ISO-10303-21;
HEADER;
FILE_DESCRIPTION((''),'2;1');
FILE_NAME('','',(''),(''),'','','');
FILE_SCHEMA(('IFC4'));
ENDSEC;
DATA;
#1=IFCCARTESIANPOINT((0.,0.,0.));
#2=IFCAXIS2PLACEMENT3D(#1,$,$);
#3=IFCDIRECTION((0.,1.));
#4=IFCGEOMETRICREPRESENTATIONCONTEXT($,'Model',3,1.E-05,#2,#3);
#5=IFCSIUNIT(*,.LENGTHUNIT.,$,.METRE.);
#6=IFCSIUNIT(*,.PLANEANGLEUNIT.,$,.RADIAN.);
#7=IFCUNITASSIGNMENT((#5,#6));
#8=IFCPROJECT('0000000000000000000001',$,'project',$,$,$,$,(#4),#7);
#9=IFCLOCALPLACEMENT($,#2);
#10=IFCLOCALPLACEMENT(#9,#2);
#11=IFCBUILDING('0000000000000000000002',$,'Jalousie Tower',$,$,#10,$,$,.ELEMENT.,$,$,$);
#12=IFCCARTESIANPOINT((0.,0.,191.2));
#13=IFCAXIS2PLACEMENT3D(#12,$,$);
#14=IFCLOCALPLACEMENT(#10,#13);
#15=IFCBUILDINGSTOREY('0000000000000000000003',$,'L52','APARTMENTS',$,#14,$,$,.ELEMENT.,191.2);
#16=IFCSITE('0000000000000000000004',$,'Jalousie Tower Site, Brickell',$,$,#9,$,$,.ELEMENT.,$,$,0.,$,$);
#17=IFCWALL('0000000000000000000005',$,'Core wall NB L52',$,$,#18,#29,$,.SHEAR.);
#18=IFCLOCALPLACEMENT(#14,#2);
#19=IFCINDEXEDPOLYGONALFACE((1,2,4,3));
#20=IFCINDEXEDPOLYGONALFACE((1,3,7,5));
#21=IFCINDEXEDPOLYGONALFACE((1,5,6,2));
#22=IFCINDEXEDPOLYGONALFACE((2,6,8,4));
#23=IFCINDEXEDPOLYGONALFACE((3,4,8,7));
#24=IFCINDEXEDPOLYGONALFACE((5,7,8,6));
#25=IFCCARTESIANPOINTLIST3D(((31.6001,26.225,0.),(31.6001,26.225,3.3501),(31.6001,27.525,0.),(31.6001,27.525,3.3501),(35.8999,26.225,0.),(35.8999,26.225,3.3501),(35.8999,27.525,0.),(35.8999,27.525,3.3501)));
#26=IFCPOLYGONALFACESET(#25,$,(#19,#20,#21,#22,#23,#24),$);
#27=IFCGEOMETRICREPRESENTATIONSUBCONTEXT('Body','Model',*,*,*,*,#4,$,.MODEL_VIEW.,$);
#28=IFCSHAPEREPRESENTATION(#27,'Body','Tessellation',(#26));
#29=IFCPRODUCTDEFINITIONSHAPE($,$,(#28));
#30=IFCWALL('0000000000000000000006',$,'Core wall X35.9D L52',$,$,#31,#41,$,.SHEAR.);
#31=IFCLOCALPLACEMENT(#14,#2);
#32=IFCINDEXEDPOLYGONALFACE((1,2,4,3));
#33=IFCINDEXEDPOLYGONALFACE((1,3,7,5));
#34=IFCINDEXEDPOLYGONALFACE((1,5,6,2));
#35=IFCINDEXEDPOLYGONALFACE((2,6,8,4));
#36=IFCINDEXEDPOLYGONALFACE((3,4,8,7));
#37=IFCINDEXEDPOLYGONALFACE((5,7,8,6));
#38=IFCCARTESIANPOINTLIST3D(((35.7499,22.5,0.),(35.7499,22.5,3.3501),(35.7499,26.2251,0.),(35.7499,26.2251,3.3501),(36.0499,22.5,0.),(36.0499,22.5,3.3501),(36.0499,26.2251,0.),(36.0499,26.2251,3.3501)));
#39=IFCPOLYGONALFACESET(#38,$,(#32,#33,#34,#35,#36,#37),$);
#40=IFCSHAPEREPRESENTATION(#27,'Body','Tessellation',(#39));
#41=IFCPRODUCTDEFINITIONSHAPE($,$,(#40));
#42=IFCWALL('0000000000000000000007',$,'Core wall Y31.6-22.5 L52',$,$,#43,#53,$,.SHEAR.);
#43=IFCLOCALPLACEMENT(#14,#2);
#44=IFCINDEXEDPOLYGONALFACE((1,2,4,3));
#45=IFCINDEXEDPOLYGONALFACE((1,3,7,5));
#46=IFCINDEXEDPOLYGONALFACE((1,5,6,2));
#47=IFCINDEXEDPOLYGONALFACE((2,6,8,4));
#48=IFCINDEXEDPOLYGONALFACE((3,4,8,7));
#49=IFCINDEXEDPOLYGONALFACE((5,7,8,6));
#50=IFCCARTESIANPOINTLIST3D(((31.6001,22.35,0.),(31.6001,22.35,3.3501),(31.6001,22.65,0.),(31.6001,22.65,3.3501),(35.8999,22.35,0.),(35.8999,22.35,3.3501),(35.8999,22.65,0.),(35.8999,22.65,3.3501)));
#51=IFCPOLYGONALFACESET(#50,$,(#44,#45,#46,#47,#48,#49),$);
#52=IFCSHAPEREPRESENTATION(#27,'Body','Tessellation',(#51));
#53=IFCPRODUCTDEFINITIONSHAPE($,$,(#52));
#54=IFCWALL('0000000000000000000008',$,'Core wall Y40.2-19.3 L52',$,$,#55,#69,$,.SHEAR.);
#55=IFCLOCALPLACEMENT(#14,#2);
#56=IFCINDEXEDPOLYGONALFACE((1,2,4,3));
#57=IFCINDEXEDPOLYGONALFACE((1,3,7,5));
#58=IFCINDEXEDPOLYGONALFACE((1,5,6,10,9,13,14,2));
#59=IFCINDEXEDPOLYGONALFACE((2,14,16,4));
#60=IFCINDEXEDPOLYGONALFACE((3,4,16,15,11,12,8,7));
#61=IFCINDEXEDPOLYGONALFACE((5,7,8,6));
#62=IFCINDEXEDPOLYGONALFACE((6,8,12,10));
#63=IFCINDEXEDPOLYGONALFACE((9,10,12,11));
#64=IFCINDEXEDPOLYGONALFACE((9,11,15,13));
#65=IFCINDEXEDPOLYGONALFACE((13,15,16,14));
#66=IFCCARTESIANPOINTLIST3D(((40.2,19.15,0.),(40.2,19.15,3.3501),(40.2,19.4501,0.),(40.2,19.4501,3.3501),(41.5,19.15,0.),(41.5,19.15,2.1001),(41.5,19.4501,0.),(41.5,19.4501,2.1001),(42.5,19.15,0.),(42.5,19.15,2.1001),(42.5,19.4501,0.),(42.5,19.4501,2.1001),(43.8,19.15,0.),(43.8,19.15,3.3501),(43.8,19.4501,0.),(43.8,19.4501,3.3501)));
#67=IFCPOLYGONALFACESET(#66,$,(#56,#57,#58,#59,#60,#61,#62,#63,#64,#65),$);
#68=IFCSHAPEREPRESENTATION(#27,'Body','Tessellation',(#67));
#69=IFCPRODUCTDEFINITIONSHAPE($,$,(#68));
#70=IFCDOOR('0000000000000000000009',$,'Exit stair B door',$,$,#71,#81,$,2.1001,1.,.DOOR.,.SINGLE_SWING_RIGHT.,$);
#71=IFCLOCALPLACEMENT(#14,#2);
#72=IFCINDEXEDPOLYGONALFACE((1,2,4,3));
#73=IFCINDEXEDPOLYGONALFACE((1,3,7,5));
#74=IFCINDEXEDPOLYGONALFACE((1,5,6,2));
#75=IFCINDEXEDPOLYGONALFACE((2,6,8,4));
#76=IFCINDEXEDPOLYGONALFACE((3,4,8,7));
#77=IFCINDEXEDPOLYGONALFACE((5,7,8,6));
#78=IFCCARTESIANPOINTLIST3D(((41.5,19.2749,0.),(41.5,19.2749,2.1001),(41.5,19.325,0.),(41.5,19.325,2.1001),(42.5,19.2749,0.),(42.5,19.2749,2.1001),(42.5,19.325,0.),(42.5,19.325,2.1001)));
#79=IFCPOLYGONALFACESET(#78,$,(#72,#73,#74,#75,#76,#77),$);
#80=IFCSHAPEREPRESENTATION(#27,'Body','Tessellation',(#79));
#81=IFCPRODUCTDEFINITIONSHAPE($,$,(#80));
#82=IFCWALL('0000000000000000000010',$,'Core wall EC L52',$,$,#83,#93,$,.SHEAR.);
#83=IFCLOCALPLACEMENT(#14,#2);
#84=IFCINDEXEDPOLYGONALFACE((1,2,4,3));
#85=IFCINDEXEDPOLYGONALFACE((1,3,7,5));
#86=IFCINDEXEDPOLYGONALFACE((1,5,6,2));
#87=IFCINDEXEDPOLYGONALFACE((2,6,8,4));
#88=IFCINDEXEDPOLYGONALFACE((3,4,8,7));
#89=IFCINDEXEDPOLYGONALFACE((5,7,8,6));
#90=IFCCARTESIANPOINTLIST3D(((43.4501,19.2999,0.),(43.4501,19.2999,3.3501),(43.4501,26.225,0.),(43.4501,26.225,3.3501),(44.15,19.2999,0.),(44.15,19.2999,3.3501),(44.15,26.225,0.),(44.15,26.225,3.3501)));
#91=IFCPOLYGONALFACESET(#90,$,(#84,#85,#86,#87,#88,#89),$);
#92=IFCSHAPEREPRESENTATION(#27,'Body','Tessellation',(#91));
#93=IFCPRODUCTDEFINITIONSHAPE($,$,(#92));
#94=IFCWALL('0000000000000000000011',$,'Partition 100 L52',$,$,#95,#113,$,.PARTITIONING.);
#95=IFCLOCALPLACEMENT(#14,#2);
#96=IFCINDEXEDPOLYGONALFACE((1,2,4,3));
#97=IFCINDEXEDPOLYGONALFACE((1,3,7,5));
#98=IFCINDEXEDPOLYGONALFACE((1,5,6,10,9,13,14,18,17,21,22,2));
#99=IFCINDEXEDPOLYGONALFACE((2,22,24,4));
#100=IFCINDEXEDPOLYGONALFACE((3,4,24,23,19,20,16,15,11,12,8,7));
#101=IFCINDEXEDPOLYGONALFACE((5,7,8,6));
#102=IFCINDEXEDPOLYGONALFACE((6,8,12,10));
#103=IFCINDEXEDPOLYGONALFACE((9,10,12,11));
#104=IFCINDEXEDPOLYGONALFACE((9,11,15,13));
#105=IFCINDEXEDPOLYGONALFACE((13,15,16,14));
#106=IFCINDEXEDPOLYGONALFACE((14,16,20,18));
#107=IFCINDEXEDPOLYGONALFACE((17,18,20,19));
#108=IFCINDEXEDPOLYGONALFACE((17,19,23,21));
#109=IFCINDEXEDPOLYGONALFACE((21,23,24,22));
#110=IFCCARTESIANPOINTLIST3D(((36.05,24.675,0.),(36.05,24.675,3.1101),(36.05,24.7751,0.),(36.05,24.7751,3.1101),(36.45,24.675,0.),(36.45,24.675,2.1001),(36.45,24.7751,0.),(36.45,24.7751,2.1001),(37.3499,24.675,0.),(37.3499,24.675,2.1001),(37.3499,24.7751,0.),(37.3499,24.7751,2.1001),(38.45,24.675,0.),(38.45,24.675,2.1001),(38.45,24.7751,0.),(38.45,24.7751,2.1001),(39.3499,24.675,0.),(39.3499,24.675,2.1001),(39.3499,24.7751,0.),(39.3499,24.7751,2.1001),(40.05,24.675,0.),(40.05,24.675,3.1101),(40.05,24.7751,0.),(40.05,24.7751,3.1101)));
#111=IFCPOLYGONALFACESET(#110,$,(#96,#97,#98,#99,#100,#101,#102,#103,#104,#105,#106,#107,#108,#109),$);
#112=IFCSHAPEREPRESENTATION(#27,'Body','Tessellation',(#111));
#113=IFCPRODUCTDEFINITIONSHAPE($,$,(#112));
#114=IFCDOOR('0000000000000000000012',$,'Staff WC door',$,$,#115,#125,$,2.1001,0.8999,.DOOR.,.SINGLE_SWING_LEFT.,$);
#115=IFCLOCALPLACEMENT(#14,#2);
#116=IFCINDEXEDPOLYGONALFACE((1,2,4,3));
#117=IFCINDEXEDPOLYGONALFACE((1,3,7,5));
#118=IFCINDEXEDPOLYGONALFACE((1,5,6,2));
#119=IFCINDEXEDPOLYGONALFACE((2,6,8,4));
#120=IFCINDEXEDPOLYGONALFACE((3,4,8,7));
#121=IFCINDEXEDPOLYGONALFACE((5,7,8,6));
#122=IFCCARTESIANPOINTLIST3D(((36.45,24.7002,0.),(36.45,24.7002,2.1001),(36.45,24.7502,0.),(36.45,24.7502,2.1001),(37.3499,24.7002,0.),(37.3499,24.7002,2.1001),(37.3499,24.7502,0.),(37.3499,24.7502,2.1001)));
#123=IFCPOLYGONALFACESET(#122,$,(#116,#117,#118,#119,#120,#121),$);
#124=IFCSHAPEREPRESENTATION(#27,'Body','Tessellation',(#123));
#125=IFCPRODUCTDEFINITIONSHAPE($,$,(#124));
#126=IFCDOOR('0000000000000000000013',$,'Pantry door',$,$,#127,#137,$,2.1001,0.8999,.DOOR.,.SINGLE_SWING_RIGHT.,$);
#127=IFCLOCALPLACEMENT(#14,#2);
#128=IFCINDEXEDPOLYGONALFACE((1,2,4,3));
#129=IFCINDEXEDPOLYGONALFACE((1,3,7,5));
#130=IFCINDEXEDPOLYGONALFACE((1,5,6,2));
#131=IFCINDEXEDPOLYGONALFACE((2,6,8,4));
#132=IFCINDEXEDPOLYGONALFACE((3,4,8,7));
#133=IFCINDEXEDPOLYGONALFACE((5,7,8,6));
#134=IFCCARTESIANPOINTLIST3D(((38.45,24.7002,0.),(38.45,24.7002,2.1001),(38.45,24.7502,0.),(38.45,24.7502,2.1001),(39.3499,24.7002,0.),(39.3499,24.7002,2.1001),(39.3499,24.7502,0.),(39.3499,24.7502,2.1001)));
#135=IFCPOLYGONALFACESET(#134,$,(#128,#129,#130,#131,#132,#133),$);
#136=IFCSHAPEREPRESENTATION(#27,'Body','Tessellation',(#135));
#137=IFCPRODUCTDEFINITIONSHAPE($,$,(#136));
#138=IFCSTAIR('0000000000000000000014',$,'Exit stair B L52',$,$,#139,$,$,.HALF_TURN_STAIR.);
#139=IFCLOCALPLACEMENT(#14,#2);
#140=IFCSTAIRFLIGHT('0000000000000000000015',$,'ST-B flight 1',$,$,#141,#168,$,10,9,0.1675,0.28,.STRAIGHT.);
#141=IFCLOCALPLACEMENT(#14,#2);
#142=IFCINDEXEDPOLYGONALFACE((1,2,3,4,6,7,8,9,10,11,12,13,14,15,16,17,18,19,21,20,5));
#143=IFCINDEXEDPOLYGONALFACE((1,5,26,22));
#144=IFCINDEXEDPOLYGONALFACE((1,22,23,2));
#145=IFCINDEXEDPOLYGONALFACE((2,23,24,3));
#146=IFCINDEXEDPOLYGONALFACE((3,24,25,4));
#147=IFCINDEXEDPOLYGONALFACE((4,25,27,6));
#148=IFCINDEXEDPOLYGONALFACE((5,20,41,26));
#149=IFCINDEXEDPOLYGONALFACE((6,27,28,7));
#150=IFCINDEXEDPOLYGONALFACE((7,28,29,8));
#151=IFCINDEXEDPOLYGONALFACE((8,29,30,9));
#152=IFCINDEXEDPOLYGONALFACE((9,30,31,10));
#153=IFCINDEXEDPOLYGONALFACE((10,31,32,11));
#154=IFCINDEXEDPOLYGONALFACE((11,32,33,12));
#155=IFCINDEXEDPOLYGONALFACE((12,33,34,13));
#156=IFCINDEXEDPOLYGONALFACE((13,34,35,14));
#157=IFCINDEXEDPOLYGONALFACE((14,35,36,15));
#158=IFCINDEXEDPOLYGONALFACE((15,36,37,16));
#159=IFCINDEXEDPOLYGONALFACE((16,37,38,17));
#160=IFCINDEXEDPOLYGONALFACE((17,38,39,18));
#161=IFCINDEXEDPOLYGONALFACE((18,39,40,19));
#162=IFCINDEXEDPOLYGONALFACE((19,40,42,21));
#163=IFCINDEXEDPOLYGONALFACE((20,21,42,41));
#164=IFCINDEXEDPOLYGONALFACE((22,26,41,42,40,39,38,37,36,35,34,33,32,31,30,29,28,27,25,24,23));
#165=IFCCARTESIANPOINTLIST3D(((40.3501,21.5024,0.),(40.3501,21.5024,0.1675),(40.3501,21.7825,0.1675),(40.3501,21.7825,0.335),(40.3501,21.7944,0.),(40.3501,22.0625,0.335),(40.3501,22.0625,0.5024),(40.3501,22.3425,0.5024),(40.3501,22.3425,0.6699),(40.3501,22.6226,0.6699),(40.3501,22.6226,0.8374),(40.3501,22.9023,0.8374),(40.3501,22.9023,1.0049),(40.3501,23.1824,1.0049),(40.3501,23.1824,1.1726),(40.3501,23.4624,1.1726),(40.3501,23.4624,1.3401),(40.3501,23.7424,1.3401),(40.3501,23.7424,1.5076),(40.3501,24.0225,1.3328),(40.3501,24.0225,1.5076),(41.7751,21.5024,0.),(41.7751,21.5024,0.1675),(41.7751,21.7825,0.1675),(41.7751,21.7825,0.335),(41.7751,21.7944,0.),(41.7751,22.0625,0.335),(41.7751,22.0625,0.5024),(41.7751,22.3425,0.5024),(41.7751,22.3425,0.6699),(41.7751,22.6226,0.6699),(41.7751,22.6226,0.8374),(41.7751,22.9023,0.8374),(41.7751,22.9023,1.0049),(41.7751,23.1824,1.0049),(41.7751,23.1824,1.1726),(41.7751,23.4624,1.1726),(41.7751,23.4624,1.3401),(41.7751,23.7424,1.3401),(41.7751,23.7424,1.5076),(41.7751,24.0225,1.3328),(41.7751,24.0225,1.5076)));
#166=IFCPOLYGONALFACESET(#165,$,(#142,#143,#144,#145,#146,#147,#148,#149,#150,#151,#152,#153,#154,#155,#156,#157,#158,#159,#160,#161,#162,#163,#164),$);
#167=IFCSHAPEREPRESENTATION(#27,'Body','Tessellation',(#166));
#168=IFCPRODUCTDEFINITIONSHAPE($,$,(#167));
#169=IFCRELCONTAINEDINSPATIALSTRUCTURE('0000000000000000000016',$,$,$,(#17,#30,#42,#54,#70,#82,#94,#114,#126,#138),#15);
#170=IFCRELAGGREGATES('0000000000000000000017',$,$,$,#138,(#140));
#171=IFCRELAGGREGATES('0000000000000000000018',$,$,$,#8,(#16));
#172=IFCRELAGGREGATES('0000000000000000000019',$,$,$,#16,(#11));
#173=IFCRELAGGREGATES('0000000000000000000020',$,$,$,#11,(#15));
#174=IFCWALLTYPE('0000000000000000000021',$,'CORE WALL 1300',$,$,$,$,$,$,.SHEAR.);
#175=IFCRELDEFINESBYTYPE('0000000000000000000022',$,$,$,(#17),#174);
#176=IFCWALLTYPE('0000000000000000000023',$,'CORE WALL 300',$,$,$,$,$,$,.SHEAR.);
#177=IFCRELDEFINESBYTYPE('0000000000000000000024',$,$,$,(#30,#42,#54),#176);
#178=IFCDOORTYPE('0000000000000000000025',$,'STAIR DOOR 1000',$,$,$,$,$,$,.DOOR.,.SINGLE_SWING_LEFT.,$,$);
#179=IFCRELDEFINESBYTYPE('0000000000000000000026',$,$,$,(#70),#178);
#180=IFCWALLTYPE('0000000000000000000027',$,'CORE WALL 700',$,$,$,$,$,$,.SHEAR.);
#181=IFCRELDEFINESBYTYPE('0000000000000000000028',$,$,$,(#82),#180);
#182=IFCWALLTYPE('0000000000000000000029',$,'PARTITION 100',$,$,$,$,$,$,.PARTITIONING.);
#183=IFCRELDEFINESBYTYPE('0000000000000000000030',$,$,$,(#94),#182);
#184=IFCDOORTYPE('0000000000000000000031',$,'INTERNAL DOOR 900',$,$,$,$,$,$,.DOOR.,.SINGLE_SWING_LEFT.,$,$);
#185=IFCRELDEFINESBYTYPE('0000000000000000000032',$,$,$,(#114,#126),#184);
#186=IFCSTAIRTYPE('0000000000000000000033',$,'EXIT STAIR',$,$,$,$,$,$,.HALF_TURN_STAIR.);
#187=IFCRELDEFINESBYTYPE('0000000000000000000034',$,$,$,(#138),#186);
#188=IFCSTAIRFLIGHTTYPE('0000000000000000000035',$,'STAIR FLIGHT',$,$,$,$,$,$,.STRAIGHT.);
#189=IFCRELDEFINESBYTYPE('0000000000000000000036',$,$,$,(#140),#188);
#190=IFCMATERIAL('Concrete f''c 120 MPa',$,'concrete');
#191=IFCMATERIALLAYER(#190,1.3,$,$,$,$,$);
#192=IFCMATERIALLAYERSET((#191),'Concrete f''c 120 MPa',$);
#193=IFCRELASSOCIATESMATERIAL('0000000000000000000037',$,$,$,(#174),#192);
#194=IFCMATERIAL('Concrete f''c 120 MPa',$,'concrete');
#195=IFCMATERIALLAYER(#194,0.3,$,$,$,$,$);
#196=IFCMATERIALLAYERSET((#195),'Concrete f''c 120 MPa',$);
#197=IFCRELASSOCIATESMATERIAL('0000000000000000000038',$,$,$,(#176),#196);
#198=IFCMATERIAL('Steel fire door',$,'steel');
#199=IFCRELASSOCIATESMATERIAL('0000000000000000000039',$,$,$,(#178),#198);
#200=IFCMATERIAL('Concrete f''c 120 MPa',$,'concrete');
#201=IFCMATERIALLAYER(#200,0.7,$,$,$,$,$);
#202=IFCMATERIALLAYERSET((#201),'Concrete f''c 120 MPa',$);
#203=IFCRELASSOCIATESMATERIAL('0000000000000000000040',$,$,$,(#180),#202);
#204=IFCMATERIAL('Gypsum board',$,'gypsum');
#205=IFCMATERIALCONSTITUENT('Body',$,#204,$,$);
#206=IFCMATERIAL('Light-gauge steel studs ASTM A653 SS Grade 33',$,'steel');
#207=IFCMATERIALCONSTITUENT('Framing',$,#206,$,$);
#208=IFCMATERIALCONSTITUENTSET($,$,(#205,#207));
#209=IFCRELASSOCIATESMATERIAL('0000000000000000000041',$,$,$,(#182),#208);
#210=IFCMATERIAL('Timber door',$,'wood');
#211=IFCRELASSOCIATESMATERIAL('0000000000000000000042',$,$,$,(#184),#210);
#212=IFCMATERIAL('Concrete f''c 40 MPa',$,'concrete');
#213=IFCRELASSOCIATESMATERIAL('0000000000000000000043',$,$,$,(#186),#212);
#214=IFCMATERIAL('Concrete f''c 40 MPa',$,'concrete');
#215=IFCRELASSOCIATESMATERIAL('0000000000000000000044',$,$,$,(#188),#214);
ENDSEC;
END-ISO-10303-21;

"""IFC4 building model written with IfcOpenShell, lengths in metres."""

from ifc_helpers import new_model, si_unit, direction, frame, frame_2d, origin, place, context, subcontext, project, spatial, polyline, rectangle, outline, extrude, material, layer, layer_set, constituent, constituent_set, type_object, element, fill, aggregate, save


model = new_model("IFC4")

# Units and contexts
model_context = context("Model", 3, precision=1e-05, world=origin(), true_north=direction((0.0, 1.0)))
body_context = subcontext(model_context, "Body", "Model", "MODEL_VIEW")
ifc_project = project(units=[si_unit("LENGTHUNIT", "METRE"), si_unit("PLANEANGLEUNIT", "RADIAN")], contexts=[model_context])

# Site, building, storey
site_placement = place(None, origin())
site = spatial("IfcSite", under=ifc_project, at=site_placement, Name="Jalousie Tower Site, Brickell", CompositionType="ELEMENT", RefElevation=0.0)
building_placement = place(site_placement, origin())
building = spatial("IfcBuilding", under=site, at=building_placement, Name="Jalousie Tower", CompositionType="ELEMENT")
storey_placement = place(building_placement, frame((0.0, 0.0, 191.2)))
storey = spatial("IfcBuildingStorey", under=building, at=storey_placement, Name="L52", Description="APARTMENTS", CompositionType="ELEMENT", Elevation=191.2)

# Walls
ifc_material_1 = material(Name="Concrete f'c 120 MPa", Category="concrete")
ifc_layer_1 = layer(ifc_material_1, 1.3)
ifc_layer_set_1 = layer_set([ifc_layer_1], Name="Concrete f'c 120 MPa")
wall_type_1 = type_object("IfcWallType", Name="CORE WALL 1300", PredefinedType="SHEAR", material=ifc_layer_set_1)
wall_1_placement = place(storey_placement, frame((35.8999, 26.875, 0.0), z_axis=(0.0, 0.0, 1.0), x_axis=(-1.0, 0.0, 0.0)))
element("IfcWall", 1, at=wall_1_placement, inside=storey, type_object=wall_type_1, Name="Core wall NB L52", PredefinedType="SHEAR", context=body_context, shape_type="SweptSolid", body=[
    extrude(rectangle(XDim=4.2998, YDim=1.3, at=frame_2d((2.1499, 0.0))), origin(), (0.0, 0.0, 1.0), 3.3501),
])
ifc_material_2 = material(Name="Concrete f'c 120 MPa", Category="concrete")
ifc_layer_2 = layer(ifc_material_2, 0.3)
ifc_layer_set_2 = layer_set([ifc_layer_2], Name="Concrete f'c 120 MPa")
wall_type_2 = type_object("IfcWallType", Name="CORE WALL 300", PredefinedType="SHEAR", material=ifc_layer_set_2)
wall_2_placement = place(storey_placement, frame((35.8999, 22.5, 0.0), z_axis=(0.0, 0.0, 1.0), x_axis=(0.0, 1.0, 0.0)))
element("IfcWall", 2, at=wall_2_placement, inside=storey, type_object=wall_type_2, Name="Core wall X35.9D L52", PredefinedType="SHEAR", context=body_context, shape_type="SweptSolid", body=[
    extrude(rectangle(XDim=3.7251, YDim=0.3, at=frame_2d((1.8625, 0.0))), origin(), (0.0, 0.0, 1.0), 3.3501),
])
wall_3_placement = place(storey_placement, frame((31.6001, 22.5, 0.0), z_axis=(0.0, 0.0, 1.0), x_axis=(1.0, 0.0, 0.0)))
element("IfcWall", 3, at=wall_3_placement, inside=storey, type_object=wall_type_2, Name="Core wall Y31.6-22.5 L52", PredefinedType="SHEAR", context=body_context, shape_type="SweptSolid", body=[
    extrude(rectangle(XDim=4.2998, YDim=0.3, at=frame_2d((2.1499, 0.0))), origin(), (0.0, 0.0, 1.0), 3.3501),
])

# Wall, opening, door
wall_4_placement = place(storey_placement, frame((40.2, 19.3, 0.0), z_axis=(0.0, 0.0, 1.0), x_axis=(1.0, 0.0, 0.0)))
wall_4 = element("IfcWall", 4, at=wall_4_placement, inside=storey, type_object=wall_type_2, Name="Core wall Y40.2-19.3 L52", PredefinedType="SHEAR", context=body_context, shape_type="SweptSolid", body=[
    extrude(rectangle(XDim=3.6001, YDim=0.3, at=frame_2d((1.8, 0.0))), origin(), (0.0, 0.0, 1.0), 3.3501),
])
opening_1_placement = place(wall_4_placement, frame((1.3, 0.0, 0.0)))
opening_1 = element("IfcOpeningElement", 5, at=opening_1_placement, cuts=wall_4, PredefinedType="OPENING", context=body_context, shape_type="SweptSolid", body=[
    extrude(rectangle(XDim=1.0, YDim=2.1001, at=frame_2d((0.5, 1.05))), frame((0.0, 0.1599, 0.0), z_axis=(0.0, -1.0, 0.0), x_axis=(1.0, 0.0, 0.0)), (0.0, 0.0, 1.0), 0.3201),
])
ifc_material_3 = material(Name="Steel fire door", Category="steel")
door_type_1 = type_object("IfcDoorType", Name="STAIR DOOR 1000", OperationType="SINGLE_SWING_LEFT", PredefinedType="DOOR", material=ifc_material_3)
door_1_placement = place(opening_1_placement, origin())
door_1 = element("IfcDoor", 6, at=door_1_placement, inside=storey, type_object=door_type_1, Name="Exit stair B door", OperationType="SINGLE_SWING_RIGHT", OverallHeight=2.1001, OverallWidth=1.0, PredefinedType="DOOR", context=body_context, shape_type="SweptSolid", body=[
    extrude(rectangle(XDim=1.0, YDim=2.1001, at=frame_2d((0.5, 1.05))), frame((0.0, 0.0249, 0.0), z_axis=(0.0, -1.0, 0.0), x_axis=(1.0, 0.0, 0.0)), (0.0, 0.0, 1.0), 0.05),
])
fill(opening_1, door_1)

# Wall
ifc_material_4 = material(Name="Concrete f'c 120 MPa", Category="concrete")
ifc_layer_3 = layer(ifc_material_4, 0.7)
ifc_layer_set_3 = layer_set([ifc_layer_3], Name="Concrete f'c 120 MPa")
wall_type_3 = type_object("IfcWallType", Name="CORE WALL 700", PredefinedType="SHEAR", material=ifc_layer_set_3)
wall_5_placement = place(storey_placement, frame((43.8, 19.3, 0.0), z_axis=(0.0, 0.0, 1.0), x_axis=(0.0, 1.0, 0.0)))
element("IfcWall", 7, at=wall_5_placement, inside=storey, type_object=wall_type_3, Name="Core wall EC L52", PredefinedType="SHEAR", context=body_context, shape_type="SweptSolid", body=[
    extrude(rectangle(XDim=6.925, YDim=0.7, at=frame_2d((3.4624, 0.0))), origin(), (0.0, 0.0, 1.0), 3.3501),
])

# Wall, openings, doors
ifc_material_5 = material(Name="Gypsum board", Category="gypsum")
ifc_constituent_1 = constituent(ifc_material_5, Name="Body")
ifc_material_6 = material(Name="Light-gauge steel studs ASTM A653 SS Grade 33", Category="steel")
ifc_constituent_2 = constituent(ifc_material_6, Name="Framing")
ifc_constituent_set_1 = constituent_set(constituents=[ifc_constituent_1, ifc_constituent_2])
wall_type_4 = type_object("IfcWallType", Name="PARTITION 100", PredefinedType="PARTITIONING", material=ifc_constituent_set_1)
wall_6_placement = place(storey_placement, frame((36.05, 24.7251, 0.0), z_axis=(0.0, 0.0, 1.0), x_axis=(1.0, 0.0, 0.0)))
wall_6 = element("IfcWall", 8, at=wall_6_placement, inside=storey, type_object=wall_type_4, Name="Partition 100 L52", PredefinedType="PARTITIONING", context=body_context, shape_type="SweptSolid", body=[
    extrude(rectangle(XDim=4.0, YDim=0.1001, at=frame_2d((2.0, 0.0))), origin(), (0.0, 0.0, 1.0), 3.1101),
])
opening_2_placement = place(wall_6_placement, frame((0.3999, 0.0, 0.0)))
opening_2 = element("IfcOpeningElement", 9, at=opening_2_placement, cuts=wall_6, PredefinedType="OPENING", context=body_context, shape_type="SweptSolid", body=[
    extrude(rectangle(XDim=0.8999, YDim=2.1001, at=frame_2d((0.45, 1.05))), frame((0.0, 0.0601, 0.0), z_axis=(0.0, -1.0, 0.0), x_axis=(1.0, 0.0, 0.0)), (0.0, 0.0, 1.0), 0.1201),
])
opening_3_placement = place(wall_6_placement, frame((2.3999, 0.0, 0.0)))
opening_3 = element("IfcOpeningElement", 10, at=opening_3_placement, cuts=wall_6, PredefinedType="OPENING", context=body_context, shape_type="SweptSolid", body=[
    extrude(rectangle(XDim=0.8999, YDim=2.1001, at=frame_2d((0.45, 1.05))), frame((0.0, 0.0601, 0.0), z_axis=(0.0, -1.0, 0.0), x_axis=(1.0, 0.0, 0.0)), (0.0, 0.0, 1.0), 0.1201),
])
ifc_material_7 = material(Name="Timber door", Category="wood")
door_type_2 = type_object("IfcDoorType", Name="INTERNAL DOOR 900", OperationType="SINGLE_SWING_LEFT", PredefinedType="DOOR", material=ifc_material_7)
door_2_placement = place(opening_2_placement, frame((0.8999, 0.0, 0.0), z_axis=(0.0, 0.0, 1.0), x_axis=(-1.0, 0.0, 0.0)))
door_2 = element("IfcDoor", 11, at=door_2_placement, inside=storey, type_object=door_type_2, Name="Staff WC door", OperationType="SINGLE_SWING_LEFT", OverallHeight=2.1001, OverallWidth=0.8999, PredefinedType="DOOR", context=body_context, shape_type="SweptSolid", body=[
    extrude(rectangle(XDim=0.8999, YDim=2.1001, at=frame_2d((0.45, 1.05))), frame((0.0, 0.0249, 0.0), z_axis=(0.0, -1.0, 0.0), x_axis=(1.0, 0.0, 0.0)), (0.0, 0.0, 1.0), 0.05),
])
fill(opening_2, door_2)
door_3_placement = place(opening_3_placement, frame((0.8999, 0.0, 0.0), z_axis=(0.0, 0.0, 1.0), x_axis=(-1.0, 0.0, 0.0)))
door_3 = element("IfcDoor", 12, at=door_3_placement, inside=storey, type_object=door_type_2, Name="Pantry door", OperationType="SINGLE_SWING_RIGHT", OverallHeight=2.1001, OverallWidth=0.8999, PredefinedType="DOOR", context=body_context, shape_type="SweptSolid", body=[
    extrude(rectangle(XDim=0.8999, YDim=2.1001, at=frame_2d((0.45, 1.05))), frame((0.0, 0.0249, 0.0), z_axis=(0.0, -1.0, 0.0), x_axis=(1.0, 0.0, 0.0)), (0.0, 0.0, 1.0), 0.05),
])
fill(opening_3, door_3)

# Stair, stair flight
ifc_material_8 = material(Name="Concrete f'c 40 MPa", Category="concrete")
stair_type = type_object("IfcStairType", Name="EXIT STAIR", PredefinedType="HALF_TURN_STAIR", material=ifc_material_8)
stair_placement = place(storey_placement, origin())
stair = element("IfcStair", 13, at=stair_placement, inside=storey, type_object=stair_type, Name="Exit stair B L52", PredefinedType="HALF_TURN_STAIR")
ifc_material_9 = material(Name="Concrete f'c 40 MPa", Category="concrete")
stair_flight_type = type_object("IfcStairFlightType", Name="STAIR FLIGHT", PredefinedType="STRAIGHT", material=ifc_material_9)
stair_flight_1_placement = place(storey_placement, frame((41.0625, 21.5024, 0.0), z_axis=(0.0, 0.0, 1.0), x_axis=(0.0, 1.0, 0.0)))
stair_flight_1 = element("IfcStairFlight", 14, at=stair_flight_1_placement, type_object=stair_flight_type, Name="ST-B flight 1", NumberOfRisers=10, NumberOfTreads=9, PredefinedType="STRAIGHT", RiserHeight=0.1675, TreadLength=0.28, context=body_context, shape_type="SweptSolid", body=[
    extrude(outline(polyline([(0.0, 0.0), (0.0, 0.1675), (0.28, 0.1675), (0.28, 0.335), (0.5601, 0.335), (0.5601, 0.5024), (0.8401, 0.5024), (0.8401, 0.6699), (1.1201, 0.6699), (1.1201, 0.8374), (1.3999, 0.8374), (1.3999, 1.0049), (1.6799, 1.0049), (1.6799, 1.1726), (1.96, 1.1726), (1.96, 1.3401), (2.24, 1.3401), (2.24, 1.5076), (2.52, 1.5076), (2.52, 1.675), (2.52, 1.3328), (0.292, 0.0), (0.0, 0.0)])), frame((0.0, 0.7124, 0.0), z_axis=(0.0, -1.0, 0.0), x_axis=(1.0, 0.0, 0.0)), (0.0, 0.0, 1.0), 1.425),
])
aggregate(stair, [stair_flight_1])

save(model, "model.ifc")
